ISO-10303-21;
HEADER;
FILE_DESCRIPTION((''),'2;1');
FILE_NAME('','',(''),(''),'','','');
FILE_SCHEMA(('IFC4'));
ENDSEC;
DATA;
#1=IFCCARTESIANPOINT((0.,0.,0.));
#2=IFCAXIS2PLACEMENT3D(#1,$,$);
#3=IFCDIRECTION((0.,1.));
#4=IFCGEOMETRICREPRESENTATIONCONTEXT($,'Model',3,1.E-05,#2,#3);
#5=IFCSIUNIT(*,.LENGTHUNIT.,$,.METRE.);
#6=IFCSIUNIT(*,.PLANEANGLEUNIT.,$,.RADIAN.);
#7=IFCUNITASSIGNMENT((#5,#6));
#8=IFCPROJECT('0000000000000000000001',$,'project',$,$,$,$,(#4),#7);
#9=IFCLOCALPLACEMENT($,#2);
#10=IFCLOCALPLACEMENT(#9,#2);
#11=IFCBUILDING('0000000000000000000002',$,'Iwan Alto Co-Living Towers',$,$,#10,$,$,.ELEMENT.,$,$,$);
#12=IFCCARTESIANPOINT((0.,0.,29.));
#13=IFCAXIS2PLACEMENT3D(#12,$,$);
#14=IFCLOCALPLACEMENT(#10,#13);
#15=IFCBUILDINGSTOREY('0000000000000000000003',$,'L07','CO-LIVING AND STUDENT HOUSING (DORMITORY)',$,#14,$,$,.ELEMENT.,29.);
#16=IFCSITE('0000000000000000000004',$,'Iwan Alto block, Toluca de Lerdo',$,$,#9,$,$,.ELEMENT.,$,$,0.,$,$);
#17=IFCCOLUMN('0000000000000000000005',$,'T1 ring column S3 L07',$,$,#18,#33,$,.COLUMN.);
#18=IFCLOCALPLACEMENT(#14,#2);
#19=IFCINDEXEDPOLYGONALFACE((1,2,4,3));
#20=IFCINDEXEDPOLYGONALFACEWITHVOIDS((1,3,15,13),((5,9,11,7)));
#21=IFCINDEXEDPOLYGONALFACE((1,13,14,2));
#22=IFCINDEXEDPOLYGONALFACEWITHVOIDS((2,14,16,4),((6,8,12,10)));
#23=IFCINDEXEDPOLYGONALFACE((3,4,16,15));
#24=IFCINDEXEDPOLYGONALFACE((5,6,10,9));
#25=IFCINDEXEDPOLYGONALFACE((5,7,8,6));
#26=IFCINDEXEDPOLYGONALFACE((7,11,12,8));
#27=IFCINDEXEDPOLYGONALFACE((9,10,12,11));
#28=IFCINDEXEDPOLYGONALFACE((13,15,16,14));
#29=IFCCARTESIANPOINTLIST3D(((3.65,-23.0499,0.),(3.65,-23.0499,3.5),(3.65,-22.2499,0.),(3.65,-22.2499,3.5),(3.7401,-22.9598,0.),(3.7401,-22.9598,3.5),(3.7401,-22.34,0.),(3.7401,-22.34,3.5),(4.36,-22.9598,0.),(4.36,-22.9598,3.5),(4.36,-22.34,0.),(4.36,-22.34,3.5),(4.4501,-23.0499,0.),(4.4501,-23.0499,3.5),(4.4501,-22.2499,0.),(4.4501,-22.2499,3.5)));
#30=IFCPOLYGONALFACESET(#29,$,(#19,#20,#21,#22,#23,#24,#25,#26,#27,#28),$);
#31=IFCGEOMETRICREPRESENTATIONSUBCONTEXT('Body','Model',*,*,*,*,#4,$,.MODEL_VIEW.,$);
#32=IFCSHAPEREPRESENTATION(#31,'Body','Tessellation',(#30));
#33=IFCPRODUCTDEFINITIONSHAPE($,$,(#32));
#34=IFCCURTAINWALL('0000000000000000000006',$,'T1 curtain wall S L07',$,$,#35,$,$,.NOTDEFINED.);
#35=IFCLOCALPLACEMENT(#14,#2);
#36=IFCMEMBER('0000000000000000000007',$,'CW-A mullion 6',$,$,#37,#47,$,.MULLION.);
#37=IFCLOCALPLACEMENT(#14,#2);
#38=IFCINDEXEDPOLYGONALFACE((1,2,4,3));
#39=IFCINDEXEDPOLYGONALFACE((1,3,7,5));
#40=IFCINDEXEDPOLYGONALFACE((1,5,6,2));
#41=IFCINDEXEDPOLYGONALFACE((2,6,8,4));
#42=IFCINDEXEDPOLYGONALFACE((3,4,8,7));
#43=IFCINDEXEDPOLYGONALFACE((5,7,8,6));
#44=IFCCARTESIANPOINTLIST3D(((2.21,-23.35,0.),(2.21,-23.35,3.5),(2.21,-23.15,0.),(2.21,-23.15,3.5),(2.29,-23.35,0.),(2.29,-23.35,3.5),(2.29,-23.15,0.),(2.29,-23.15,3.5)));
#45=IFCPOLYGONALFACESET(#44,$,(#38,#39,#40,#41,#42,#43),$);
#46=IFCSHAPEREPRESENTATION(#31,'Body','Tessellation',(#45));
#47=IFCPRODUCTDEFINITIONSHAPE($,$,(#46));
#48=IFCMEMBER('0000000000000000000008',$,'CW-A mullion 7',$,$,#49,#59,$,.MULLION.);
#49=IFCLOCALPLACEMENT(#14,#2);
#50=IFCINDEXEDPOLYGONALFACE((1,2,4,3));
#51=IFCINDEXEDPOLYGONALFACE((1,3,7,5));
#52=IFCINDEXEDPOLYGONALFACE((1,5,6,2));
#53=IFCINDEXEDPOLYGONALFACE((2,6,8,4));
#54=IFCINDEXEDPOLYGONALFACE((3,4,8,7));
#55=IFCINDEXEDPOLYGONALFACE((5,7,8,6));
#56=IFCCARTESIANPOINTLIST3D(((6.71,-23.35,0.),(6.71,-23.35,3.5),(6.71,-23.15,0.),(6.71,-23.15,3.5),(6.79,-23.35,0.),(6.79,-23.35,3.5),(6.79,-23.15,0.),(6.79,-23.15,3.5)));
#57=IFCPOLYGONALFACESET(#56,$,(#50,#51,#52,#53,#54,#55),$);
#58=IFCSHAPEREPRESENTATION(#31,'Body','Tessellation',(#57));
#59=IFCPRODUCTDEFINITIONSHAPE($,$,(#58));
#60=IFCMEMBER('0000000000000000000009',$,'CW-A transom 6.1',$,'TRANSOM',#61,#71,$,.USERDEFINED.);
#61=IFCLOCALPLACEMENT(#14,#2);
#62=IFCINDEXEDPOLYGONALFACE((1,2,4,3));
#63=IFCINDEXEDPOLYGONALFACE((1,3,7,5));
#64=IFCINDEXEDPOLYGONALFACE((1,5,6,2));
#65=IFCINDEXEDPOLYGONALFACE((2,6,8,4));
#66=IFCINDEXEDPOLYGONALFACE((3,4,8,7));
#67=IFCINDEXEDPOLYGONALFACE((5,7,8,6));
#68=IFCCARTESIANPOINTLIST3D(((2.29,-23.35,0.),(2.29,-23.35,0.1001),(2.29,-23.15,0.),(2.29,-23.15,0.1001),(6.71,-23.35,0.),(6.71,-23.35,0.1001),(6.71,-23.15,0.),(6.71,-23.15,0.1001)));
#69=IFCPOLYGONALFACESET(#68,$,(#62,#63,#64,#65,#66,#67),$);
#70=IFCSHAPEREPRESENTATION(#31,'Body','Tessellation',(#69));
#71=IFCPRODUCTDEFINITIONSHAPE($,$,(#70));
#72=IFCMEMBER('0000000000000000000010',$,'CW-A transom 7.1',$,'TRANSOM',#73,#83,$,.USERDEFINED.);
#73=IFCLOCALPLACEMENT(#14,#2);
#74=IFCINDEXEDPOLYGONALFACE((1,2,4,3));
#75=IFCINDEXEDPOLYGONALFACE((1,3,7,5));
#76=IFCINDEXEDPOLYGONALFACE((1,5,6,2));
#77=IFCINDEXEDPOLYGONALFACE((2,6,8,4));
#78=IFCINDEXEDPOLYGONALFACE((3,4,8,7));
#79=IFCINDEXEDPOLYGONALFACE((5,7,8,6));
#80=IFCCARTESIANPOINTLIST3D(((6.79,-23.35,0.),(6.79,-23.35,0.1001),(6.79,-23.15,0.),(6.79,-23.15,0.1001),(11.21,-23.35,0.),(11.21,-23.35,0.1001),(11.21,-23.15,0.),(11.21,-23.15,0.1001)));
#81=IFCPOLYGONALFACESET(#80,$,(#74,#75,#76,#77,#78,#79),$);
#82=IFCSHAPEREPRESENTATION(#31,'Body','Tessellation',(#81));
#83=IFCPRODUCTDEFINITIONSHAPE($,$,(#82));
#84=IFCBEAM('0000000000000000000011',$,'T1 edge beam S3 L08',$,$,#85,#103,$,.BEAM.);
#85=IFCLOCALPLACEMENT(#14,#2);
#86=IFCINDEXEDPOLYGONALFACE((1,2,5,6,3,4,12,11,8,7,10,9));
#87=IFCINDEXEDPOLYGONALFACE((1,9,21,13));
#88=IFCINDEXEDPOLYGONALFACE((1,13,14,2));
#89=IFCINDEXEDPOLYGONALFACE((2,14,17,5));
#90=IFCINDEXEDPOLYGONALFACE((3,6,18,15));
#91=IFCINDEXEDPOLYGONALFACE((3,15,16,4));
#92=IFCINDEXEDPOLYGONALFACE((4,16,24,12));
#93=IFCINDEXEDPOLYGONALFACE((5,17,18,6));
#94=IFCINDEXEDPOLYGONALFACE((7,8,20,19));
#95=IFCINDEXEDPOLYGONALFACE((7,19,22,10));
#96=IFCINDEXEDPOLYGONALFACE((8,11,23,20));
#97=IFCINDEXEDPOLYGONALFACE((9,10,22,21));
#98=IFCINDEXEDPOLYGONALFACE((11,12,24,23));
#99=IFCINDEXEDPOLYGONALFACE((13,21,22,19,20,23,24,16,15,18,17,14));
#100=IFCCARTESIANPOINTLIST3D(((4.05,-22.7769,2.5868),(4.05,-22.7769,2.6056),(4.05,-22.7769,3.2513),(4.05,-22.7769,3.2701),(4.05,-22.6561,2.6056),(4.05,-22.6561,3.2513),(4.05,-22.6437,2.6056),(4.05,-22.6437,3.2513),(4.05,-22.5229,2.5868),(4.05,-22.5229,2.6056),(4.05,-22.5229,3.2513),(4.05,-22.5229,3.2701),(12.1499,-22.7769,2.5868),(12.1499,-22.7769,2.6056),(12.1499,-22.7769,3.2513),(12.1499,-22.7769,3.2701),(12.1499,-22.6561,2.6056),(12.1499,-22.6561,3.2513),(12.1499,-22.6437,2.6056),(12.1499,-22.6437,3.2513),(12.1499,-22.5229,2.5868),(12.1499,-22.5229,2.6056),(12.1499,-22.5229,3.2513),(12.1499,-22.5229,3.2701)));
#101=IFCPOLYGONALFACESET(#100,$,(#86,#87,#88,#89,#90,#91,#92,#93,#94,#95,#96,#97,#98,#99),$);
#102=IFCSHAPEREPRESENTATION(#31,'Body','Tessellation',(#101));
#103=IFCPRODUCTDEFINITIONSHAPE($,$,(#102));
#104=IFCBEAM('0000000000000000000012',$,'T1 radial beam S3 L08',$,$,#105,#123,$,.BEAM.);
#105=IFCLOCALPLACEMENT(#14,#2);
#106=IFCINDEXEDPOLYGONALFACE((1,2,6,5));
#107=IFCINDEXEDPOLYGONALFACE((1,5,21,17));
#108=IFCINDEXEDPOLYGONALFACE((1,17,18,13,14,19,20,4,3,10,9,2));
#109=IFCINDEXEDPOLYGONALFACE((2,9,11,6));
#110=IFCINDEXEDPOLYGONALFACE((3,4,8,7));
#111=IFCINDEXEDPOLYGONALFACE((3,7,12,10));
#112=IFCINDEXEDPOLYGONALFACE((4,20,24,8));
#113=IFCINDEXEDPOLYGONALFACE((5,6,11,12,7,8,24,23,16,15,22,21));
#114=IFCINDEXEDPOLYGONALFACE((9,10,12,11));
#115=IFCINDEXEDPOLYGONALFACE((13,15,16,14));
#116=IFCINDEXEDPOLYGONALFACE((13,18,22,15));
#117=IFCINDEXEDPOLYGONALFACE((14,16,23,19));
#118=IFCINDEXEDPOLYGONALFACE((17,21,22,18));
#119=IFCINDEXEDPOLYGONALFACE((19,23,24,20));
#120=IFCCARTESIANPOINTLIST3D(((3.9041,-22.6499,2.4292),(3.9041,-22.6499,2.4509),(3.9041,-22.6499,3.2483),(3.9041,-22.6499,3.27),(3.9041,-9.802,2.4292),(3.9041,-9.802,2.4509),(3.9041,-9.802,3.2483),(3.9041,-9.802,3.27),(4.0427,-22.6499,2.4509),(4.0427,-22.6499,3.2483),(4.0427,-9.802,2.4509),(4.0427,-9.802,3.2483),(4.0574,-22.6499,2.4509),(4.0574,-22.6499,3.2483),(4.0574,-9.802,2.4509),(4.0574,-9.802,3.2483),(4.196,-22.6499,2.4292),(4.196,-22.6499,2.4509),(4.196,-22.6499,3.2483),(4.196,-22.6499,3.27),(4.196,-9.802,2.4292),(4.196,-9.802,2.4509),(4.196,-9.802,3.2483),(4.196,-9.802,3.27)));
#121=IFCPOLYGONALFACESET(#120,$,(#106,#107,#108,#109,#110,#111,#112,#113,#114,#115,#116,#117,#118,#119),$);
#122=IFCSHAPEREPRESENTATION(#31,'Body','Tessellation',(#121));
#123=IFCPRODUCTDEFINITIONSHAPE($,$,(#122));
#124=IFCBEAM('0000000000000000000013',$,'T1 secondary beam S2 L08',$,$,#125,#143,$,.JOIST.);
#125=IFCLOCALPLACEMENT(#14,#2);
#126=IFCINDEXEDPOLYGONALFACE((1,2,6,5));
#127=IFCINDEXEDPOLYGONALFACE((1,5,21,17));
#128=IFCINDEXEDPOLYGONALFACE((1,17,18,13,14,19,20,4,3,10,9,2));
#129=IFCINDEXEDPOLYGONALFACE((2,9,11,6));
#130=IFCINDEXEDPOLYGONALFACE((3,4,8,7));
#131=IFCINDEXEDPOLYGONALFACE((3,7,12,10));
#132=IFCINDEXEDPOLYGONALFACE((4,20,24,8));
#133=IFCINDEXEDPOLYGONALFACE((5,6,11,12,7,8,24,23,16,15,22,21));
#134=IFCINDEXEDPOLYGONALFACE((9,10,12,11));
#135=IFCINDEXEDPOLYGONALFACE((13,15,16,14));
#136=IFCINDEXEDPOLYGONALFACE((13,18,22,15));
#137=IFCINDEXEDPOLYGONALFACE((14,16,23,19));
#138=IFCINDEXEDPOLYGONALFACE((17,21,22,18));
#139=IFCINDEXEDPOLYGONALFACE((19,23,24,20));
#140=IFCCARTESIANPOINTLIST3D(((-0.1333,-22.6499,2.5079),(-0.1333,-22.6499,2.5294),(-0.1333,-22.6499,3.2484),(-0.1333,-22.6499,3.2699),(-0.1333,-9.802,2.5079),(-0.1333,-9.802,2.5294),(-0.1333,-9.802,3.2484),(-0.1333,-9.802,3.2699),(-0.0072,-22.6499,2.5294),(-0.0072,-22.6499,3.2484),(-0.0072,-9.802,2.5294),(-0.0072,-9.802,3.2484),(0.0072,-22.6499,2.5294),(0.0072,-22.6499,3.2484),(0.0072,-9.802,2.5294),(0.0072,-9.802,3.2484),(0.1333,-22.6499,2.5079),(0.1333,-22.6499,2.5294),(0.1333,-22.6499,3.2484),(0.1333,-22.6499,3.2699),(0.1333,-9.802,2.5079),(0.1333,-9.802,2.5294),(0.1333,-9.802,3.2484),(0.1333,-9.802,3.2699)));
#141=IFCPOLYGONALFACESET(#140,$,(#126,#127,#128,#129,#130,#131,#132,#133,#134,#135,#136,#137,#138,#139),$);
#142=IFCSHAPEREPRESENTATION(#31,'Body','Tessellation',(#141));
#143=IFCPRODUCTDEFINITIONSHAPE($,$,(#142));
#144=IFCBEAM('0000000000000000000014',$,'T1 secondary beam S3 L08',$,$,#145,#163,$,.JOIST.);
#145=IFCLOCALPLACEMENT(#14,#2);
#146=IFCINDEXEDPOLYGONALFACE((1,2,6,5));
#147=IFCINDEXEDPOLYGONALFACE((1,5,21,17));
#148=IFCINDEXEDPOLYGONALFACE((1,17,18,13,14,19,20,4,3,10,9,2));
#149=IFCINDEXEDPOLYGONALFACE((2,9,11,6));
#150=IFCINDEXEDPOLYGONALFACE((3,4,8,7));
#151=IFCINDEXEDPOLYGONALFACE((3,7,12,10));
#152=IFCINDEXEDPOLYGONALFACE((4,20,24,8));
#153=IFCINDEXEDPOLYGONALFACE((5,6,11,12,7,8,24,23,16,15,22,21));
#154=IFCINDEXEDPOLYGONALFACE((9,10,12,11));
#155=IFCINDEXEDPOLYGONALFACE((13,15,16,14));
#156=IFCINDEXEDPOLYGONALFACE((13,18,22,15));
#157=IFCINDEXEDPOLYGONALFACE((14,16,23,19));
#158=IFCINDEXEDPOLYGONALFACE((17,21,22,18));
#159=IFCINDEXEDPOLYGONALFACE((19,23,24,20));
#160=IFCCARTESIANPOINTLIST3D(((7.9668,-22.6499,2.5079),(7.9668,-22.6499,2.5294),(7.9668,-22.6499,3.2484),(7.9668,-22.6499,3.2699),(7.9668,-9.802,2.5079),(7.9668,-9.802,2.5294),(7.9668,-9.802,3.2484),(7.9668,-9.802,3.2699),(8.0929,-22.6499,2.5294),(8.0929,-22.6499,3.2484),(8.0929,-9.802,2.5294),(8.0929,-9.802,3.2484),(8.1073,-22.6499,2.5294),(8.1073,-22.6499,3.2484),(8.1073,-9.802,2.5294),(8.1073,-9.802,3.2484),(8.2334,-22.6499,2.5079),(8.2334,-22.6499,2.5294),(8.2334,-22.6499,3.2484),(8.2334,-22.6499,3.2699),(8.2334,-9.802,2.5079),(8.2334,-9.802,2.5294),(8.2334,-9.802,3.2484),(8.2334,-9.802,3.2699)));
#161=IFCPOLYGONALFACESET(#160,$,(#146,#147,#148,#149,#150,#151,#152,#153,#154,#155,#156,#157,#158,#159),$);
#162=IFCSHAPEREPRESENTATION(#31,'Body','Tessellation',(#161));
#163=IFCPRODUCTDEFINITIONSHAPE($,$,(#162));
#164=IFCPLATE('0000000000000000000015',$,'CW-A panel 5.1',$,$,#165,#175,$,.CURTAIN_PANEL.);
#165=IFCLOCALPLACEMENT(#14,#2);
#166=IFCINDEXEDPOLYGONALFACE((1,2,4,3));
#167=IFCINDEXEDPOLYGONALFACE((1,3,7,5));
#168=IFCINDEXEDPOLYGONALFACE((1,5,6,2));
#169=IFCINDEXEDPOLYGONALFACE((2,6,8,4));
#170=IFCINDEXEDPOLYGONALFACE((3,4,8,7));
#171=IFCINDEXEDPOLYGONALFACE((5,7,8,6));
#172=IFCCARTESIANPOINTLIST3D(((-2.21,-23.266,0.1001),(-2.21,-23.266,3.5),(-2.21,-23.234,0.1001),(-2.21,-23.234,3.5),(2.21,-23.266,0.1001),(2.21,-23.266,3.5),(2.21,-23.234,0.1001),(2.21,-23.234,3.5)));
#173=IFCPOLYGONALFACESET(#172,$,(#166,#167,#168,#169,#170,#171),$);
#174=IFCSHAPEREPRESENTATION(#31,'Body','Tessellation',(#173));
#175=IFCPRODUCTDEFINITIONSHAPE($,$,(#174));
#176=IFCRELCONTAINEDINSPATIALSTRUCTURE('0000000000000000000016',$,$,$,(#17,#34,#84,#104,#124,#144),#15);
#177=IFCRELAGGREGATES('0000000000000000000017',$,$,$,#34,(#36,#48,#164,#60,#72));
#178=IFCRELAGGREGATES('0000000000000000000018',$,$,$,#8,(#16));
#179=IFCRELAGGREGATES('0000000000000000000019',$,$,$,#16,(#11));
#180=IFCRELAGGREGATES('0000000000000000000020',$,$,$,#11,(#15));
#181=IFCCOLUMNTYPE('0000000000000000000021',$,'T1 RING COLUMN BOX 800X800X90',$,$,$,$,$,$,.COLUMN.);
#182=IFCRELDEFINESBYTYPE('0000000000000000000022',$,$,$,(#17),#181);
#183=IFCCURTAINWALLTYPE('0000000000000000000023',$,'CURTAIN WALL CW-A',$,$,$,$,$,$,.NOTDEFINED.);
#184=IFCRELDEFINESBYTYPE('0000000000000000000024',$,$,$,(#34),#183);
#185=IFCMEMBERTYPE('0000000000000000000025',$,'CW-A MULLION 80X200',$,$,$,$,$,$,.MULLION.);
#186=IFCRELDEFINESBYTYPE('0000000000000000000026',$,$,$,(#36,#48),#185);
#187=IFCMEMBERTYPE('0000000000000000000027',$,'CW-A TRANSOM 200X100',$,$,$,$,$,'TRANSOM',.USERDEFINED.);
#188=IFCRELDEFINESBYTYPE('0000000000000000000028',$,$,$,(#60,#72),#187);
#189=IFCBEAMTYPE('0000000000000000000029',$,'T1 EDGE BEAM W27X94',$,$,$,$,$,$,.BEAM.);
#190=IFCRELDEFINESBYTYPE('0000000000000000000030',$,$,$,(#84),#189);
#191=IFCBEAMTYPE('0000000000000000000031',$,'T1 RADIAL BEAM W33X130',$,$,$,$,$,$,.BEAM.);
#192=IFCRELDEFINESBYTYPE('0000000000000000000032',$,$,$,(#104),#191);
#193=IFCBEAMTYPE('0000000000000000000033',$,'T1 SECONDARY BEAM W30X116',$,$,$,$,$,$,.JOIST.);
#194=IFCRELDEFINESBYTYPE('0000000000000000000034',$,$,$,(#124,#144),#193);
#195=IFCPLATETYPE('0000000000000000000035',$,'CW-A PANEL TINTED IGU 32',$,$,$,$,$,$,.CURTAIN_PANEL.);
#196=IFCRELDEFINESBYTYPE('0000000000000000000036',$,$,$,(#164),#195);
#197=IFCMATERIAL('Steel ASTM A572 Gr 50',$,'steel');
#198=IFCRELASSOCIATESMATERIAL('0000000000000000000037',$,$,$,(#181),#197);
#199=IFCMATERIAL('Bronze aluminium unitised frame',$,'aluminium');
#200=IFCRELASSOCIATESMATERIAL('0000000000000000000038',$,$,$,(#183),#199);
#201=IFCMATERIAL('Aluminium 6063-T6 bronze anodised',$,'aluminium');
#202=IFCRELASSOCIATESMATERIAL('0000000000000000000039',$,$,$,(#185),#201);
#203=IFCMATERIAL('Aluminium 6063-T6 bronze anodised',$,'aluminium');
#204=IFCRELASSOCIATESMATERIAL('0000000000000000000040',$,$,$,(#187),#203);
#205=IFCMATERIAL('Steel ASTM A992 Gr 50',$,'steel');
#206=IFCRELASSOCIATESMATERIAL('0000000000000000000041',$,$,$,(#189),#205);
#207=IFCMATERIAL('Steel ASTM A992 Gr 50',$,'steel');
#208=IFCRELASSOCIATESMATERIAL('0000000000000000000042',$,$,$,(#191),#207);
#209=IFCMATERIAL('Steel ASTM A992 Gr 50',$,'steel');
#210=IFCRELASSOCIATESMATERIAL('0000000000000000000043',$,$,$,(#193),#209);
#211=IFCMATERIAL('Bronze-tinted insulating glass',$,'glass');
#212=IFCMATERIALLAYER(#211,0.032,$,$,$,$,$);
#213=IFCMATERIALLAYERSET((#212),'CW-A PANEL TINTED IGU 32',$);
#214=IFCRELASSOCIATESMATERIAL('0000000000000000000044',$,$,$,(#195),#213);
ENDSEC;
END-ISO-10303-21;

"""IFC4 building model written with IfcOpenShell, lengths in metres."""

from ifc_helpers import new_model, si_unit, direction, frame, origin, origin_2d, place, context, subcontext, project, spatial, rectangle, hollow_rectangle, i_section, extrude, material, layer, layer_set, material_profile, profile_set, type_object, element, aggregate, save


model = new_model("IFC4")

# Units and contexts
model_context = context("Model", 3, precision=1e-05, world=origin(), true_north=direction((0.0, 1.0)))
body_context = subcontext(model_context, "Body", "Model", "MODEL_VIEW")
ifc_project = project(units=[si_unit("LENGTHUNIT", "METRE"), si_unit("PLANEANGLEUNIT", "RADIAN")], contexts=[model_context])

# Site, building, storey
site_placement = place(None, origin())
site = spatial("IfcSite", under=ifc_project, at=site_placement, Name="Iwan Alto block, Toluca de Lerdo", CompositionType="ELEMENT", RefElevation=0.0)
building_placement = place(site_placement, origin())
building = spatial("IfcBuilding", under=site, at=building_placement, Name="Iwan Alto Co-Living Towers", CompositionType="ELEMENT")
storey_placement = place(building_placement, frame((0.0, 0.0, 29.0)))
storey = spatial("IfcBuildingStorey", under=building, at=storey_placement, Name="L07", Description="CO-LIVING AND STUDENT HOUSING (DORMITORY)", CompositionType="ELEMENT", Elevation=29.0)

# Column
ifc_material_1 = material(Name="Steel ASTM A572 Gr 50", Category="steel")
ifc_material_profile_1 = material_profile(ifc_material_1, hollow_rectangle(XDim=0.8, YDim=0.8, WallThickness=0.0901, at=origin_2d()), Name="BOX 800X800X90")
ifc_profile_set_1 = profile_set([ifc_material_profile_1], Name="Steel ASTM A572 Gr 50")
column_type = type_object("IfcColumnType", Name="T1 RING COLUMN BOX 800X800X90", PredefinedType="COLUMN", material=ifc_profile_set_1)
column_placement = place(storey_placement, frame((4.05, -22.6499, 0.0), z_axis=(0.0, 0.0, 1.0), x_axis=(1.0, 0.0, 0.0)))
element("IfcColumn", 1, at=column_placement, inside=storey, type_object=column_type, Name="T1 ring column S3 L07", PredefinedType="COLUMN", context=body_context, shape_type="SweptSolid", body=[
    extrude(hollow_rectangle(XDim=0.8, YDim=0.8, WallThickness=0.0901, at=origin_2d()), origin(), (0.0, 0.0, 1.0), 3.5),
])

# Curtain wall, members
ifc_material_2 = material(Name="Bronze aluminium unitised frame", Category="aluminium")
curtain_wall_type = type_object("IfcCurtainWallType", Name="CURTAIN WALL CW-A", PredefinedType="NOTDEFINED", material=ifc_material_2)
curtain_wall_placement = place(storey_placement, origin())
curtain_wall = element("IfcCurtainWall", 2, at=curtain_wall_placement, inside=storey, type_object=curtain_wall_type, Name="T1 curtain wall S L07", PredefinedType="NOTDEFINED")
ifc_material_3 = material(Name="Aluminium 6063-T6 bronze anodised", Category="aluminium")
ifc_material_profile_2 = material_profile(ifc_material_3, rectangle(XDim=0.2, YDim=0.0801, at=origin_2d()), Name="AL 80X200")
ifc_profile_set_2 = profile_set([ifc_material_profile_2], Name="Aluminium 6063-T6 bronze anodised")
member_type_1 = type_object("IfcMemberType", Name="CW-A MULLION 80X200", PredefinedType="MULLION", material=ifc_profile_set_2)
member_1_placement = place(storey_placement, frame((2.25, -23.25, 0.0), z_axis=(0.0, 0.0, 1.0), x_axis=(0.0, 1.0, 0.0)))
member_1 = element("IfcMember", 3, at=member_1_placement, type_object=member_type_1, Name="CW-A mullion 6", PredefinedType="MULLION", context=body_context, shape_type="SweptSolid", body=[
    extrude(rectangle(XDim=0.2, YDim=0.0801, at=origin_2d()), origin(), (0.0, 0.0, 1.0), 3.5),
])
member_2_placement = place(storey_placement, frame((6.75, -23.25, 0.0), z_axis=(0.0, 0.0, 1.0), x_axis=(0.0, 1.0, 0.0)))
member_2 = element("IfcMember", 4, at=member_2_placement, type_object=member_type_1, Name="CW-A mullion 7", PredefinedType="MULLION", context=body_context, shape_type="SweptSolid", body=[
    extrude(rectangle(XDim=0.2, YDim=0.0801, at=origin_2d()), origin(), (0.0, 0.0, 1.0), 3.5),
])
ifc_material_4 = material(Name="Aluminium 6063-T6 bronze anodised", Category="aluminium")
ifc_material_profile_3 = material_profile(ifc_material_4, rectangle(XDim=0.2, YDim=0.1001, at=origin_2d()), Name="AL 200X100")
ifc_profile_set_3 = profile_set([ifc_material_profile_3], Name="Aluminium 6063-T6 bronze anodised")
member_type_2 = type_object("IfcMemberType", Name="CW-A TRANSOM 200X100", ElementType="TRANSOM", PredefinedType="USERDEFINED", material=ifc_profile_set_3)
member_3_placement = place(storey_placement, frame((2.29, -23.25, 0.05), z_axis=(1.0, 0.0, 0.0), x_axis=(0.0, 1.0, 0.0)))
member_3 = element("IfcMember", 5, at=member_3_placement, type_object=member_type_2, Name="CW-A transom 6.1", ObjectType="TRANSOM", PredefinedType="USERDEFINED", context=body_context, shape_type="SweptSolid", body=[
    extrude(rectangle(XDim=0.2, YDim=0.1001, at=origin_2d()), origin(), (0.0, 0.0, 1.0), 4.4199),
])
member_4_placement = place(storey_placement, frame((6.79, -23.25, 0.05), z_axis=(1.0, 0.0, 0.0), x_axis=(0.0, 1.0, 0.0)))
member_4 = element("IfcMember", 6, at=member_4_placement, type_object=member_type_2, Name="CW-A transom 7.1", ObjectType="TRANSOM", PredefinedType="USERDEFINED", context=body_context, shape_type="SweptSolid", body=[
    extrude(rectangle(XDim=0.2, YDim=0.1001, at=origin_2d()), origin(), (0.0, 0.0, 1.0), 4.4199),
])

# Beams
ifc_material_5 = material(Name="Steel ASTM A992 Gr 50", Category="steel")
ifc_material_profile_4 = material_profile(ifc_material_5, i_section(OverallWidth=0.2539, OverallDepth=0.6833, WebThickness=0.0125, FlangeThickness=0.0188, at=origin_2d()), Name="W27X94")
ifc_profile_set_4 = profile_set([ifc_material_profile_4], Name="Steel ASTM A992 Gr 50")
beam_type_1 = type_object("IfcBeamType", Name="T1 EDGE BEAM W27X94", PredefinedType="BEAM", material=ifc_profile_set_4)
beam_1_placement = place(storey_placement, frame((4.05, -22.6499, 2.9285), z_axis=(1.0, 0.0, 0.0), x_axis=(0.0, 1.0, 0.0)))
element("IfcBeam", 7, at=beam_1_placement, inside=storey, type_object=beam_type_1, Name="T1 edge beam S3 L08", PredefinedType="BEAM", context=body_context, shape_type="SweptSolid", body=[
    extrude(i_section(OverallWidth=0.2539, OverallDepth=0.6833, WebThickness=0.0125, FlangeThickness=0.0188, at=origin_2d()), origin(), (0.0, 0.0, 1.0), 8.0999),
])
ifc_material_6 = material(Name="Steel ASTM A992 Gr 50", Category="steel")
ifc_material_profile_5 = material_profile(ifc_material_6, i_section(OverallWidth=0.292, OverallDepth=0.8408, WebThickness=0.0146, FlangeThickness=0.0217, at=origin_2d()), Name="W33X130")
ifc_profile_set_5 = profile_set([ifc_material_profile_5], Name="Steel ASTM A992 Gr 50")
beam_type_2 = type_object("IfcBeamType", Name="T1 RADIAL BEAM W33X130", PredefinedType="BEAM", material=ifc_profile_set_5)
beam_2_placement = place(storey_placement, frame((4.05, -22.6499, 2.8496), z_axis=(0.0, 1.0, 0.0), x_axis=(-1.0, 0.0, 0.0)))
element("IfcBeam", 8, at=beam_2_placement, inside=storey, type_object=beam_type_2, Name="T1 radial beam S3 L08", PredefinedType="BEAM", context=body_context, shape_type="SweptSolid", body=[
    extrude(i_section(OverallWidth=0.292, OverallDepth=0.8408, WebThickness=0.0146, FlangeThickness=0.0217, at=origin_2d()), origin(), (0.0, 0.0, 1.0), 12.8479),
])
ifc_material_7 = material(Name="Steel ASTM A992 Gr 50", Category="steel")
ifc_material_profile_6 = material_profile(ifc_material_7, i_section(OverallWidth=0.2666, OverallDepth=0.762, WebThickness=0.0144, FlangeThickness=0.0215, at=origin_2d()), Name="W30X116")
ifc_profile_set_6 = profile_set([ifc_material_profile_6], Name="Steel ASTM A992 Gr 50")
beam_type_3 = type_object("IfcBeamType", Name="T1 SECONDARY BEAM W30X116", PredefinedType="JOIST", material=ifc_profile_set_6)
for number, where, z_axis, x_axis, name in (
    (9, (0.0, -22.6499, 2.8889), (0.0, 1.0, 0.0), (-1.0, 0.0, 0.0), "T1 secondary beam S2 L08"),
    (10, (8.1001, -22.6499, 2.8889), (0.0, 1.0, 0.0), (-1.0, 0.0, 0.0), "T1 secondary beam S3 L08"),
):
    element("IfcBeam", number, at=place(storey_placement, frame(where, z_axis=z_axis, x_axis=x_axis)), inside=storey, type_object=beam_type_3, Name=name, PredefinedType="JOIST", context=body_context, shape_type="SweptSolid", body=[
        extrude(i_section(OverallWidth=0.2666, OverallDepth=0.762, WebThickness=0.0144, FlangeThickness=0.0215, at=origin_2d()), origin(), (0.0, 0.0, 1.0), 12.8479),
    ])

# Plate
ifc_material_8 = material(Name="Bronze-tinted insulating glass", Category="glass")
ifc_layer_1 = layer(ifc_material_8, 0.032)
ifc_layer_set_1 = layer_set([ifc_layer_1], Name="CW-A PANEL TINTED IGU 32")
plate_type = type_object("IfcPlateType", Name="CW-A PANEL TINTED IGU 32", PredefinedType="CURTAIN_PANEL", material=ifc_layer_set_1)
plate_1_placement = place(storey_placement, frame((0.0, -23.25, 0.1001), z_axis=(0.0, 0.0, 1.0), x_axis=(1.0, 0.0, 0.0)))
plate_1 = element("IfcPlate", 11, at=plate_1_placement, type_object=plate_type, Name="CW-A panel 5.1", PredefinedType="CURTAIN_PANEL", context=body_context, shape_type="SweptSolid", body=[
    extrude(rectangle(XDim=4.4199, YDim=0.032, at=origin_2d()), origin(), (0.0, 0.0, 1.0), 3.3999),
])
aggregate(curtain_wall, [member_1, member_2, plate_1, member_3, member_4])

save(model, "model.ifc")
